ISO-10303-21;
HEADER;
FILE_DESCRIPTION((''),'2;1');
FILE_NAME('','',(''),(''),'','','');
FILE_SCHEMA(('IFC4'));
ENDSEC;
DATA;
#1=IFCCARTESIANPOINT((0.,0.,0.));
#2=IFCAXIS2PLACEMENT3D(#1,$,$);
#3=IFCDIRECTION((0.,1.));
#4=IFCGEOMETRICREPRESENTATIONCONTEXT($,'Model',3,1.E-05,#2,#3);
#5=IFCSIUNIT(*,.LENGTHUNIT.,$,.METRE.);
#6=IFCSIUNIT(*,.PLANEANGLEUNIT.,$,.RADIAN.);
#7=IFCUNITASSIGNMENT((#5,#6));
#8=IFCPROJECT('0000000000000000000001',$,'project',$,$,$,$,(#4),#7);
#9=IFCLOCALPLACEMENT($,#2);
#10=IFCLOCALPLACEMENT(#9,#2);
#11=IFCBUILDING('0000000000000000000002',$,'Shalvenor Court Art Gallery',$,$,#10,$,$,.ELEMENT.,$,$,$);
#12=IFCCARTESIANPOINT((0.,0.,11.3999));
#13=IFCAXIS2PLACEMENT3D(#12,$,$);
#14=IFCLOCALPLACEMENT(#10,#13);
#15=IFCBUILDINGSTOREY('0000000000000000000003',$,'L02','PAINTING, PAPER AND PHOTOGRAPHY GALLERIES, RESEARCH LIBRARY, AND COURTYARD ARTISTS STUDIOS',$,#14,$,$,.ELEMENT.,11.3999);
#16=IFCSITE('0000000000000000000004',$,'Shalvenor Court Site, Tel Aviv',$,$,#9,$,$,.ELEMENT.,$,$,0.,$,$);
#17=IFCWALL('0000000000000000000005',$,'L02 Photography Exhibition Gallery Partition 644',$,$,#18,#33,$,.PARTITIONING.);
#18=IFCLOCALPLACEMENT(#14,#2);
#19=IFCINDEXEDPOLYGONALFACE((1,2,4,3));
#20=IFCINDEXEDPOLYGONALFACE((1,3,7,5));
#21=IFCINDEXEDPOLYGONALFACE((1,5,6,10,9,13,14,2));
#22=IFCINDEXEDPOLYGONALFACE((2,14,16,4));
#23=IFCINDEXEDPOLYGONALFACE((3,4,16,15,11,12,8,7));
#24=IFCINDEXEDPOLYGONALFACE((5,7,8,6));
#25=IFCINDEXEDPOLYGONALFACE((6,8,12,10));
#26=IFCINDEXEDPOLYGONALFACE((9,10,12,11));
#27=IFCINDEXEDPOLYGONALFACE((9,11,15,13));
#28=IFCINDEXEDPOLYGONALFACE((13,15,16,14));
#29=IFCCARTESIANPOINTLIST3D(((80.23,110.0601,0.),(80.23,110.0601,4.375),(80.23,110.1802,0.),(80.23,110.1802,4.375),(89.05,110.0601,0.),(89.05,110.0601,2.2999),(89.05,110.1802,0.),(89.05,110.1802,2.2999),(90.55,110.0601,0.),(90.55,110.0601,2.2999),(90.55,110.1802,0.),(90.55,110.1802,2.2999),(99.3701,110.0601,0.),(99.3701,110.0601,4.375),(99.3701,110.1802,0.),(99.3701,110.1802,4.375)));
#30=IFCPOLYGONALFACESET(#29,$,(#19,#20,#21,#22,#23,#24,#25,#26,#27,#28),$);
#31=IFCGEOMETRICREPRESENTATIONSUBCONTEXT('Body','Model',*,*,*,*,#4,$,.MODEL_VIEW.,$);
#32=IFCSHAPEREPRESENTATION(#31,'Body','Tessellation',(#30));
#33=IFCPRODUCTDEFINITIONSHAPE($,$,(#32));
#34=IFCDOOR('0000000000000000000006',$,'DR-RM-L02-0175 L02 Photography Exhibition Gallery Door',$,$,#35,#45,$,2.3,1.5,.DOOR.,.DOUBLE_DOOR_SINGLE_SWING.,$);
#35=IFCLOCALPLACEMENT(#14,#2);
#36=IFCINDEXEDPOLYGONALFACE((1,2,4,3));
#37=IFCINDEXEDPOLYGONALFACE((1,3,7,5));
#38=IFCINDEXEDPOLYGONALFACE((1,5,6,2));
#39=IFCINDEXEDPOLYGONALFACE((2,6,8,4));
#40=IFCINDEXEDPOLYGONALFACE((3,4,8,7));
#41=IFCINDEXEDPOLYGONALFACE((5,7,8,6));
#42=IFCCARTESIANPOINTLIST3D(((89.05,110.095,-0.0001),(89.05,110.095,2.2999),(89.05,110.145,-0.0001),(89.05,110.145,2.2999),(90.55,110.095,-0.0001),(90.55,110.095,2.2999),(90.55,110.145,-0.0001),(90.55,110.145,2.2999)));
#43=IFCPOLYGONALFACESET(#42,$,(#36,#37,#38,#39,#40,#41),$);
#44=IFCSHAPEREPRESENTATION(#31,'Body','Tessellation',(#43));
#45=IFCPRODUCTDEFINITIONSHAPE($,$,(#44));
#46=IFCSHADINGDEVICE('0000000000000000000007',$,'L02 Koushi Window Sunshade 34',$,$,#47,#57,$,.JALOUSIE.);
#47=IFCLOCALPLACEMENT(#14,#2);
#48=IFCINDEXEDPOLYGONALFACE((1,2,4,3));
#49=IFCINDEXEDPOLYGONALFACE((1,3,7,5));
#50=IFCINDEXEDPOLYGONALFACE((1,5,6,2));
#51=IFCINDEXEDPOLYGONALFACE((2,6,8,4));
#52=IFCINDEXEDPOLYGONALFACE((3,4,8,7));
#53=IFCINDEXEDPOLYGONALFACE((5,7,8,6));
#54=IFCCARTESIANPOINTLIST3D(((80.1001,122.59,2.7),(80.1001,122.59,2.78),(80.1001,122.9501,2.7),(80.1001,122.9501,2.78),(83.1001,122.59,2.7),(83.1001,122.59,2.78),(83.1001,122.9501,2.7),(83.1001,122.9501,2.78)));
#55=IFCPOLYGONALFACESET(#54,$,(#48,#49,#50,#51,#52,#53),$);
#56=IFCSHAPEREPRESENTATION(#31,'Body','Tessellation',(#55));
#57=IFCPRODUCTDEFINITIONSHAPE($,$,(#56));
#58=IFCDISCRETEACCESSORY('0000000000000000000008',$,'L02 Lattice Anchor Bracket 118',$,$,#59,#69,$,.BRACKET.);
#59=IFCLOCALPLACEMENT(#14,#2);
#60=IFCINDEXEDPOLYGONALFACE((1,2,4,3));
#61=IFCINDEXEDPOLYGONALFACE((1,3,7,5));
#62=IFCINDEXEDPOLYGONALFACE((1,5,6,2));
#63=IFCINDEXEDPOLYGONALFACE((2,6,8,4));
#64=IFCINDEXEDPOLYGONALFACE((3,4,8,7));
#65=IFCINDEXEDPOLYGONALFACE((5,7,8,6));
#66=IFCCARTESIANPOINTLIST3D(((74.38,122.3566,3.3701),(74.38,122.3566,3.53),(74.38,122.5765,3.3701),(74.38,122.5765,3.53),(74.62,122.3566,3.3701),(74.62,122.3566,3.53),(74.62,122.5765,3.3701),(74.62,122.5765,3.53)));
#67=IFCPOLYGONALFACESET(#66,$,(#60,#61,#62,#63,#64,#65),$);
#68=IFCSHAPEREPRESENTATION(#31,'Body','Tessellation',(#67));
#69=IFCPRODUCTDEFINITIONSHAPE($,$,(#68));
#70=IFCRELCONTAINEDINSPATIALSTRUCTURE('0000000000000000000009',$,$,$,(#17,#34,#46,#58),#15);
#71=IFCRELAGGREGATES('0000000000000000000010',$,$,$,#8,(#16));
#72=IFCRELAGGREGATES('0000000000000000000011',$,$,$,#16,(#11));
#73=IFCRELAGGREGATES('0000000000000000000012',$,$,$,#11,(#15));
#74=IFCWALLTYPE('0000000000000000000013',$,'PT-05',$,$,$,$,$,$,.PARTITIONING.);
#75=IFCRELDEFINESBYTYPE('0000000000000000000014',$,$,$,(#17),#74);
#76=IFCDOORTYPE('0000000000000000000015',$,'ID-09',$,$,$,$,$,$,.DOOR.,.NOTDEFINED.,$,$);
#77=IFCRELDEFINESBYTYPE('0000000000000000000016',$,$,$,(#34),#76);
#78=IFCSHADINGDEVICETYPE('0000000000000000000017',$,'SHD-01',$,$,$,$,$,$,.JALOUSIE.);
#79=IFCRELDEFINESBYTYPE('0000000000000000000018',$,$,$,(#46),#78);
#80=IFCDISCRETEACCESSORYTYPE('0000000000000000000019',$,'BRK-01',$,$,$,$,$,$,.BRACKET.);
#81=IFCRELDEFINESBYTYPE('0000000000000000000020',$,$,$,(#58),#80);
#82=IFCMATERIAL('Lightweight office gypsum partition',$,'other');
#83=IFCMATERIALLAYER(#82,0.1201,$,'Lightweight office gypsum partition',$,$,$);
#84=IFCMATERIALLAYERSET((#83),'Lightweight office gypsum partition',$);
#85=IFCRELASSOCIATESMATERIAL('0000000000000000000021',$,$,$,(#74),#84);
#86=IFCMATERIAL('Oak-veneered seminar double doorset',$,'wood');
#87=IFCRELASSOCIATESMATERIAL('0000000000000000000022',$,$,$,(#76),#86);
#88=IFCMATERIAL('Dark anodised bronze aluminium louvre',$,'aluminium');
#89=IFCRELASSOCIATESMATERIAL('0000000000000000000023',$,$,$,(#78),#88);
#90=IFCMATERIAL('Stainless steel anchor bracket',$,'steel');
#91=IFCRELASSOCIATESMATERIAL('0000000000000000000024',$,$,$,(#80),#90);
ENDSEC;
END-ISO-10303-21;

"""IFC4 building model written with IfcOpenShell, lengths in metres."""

from ifc_helpers import new_model, si_unit, direction, frame, frame_2d, origin, origin_2d, place, context, subcontext, project, spatial, rectangle, extrude, material, layer, layer_set, type_object, element, fill, save


model = new_model("IFC4")

# Units and contexts
model_context = context("Model", 3, precision=1e-05, world=origin(), true_north=direction((0.0, 1.0)))
body_context = subcontext(model_context, "Body", "Model", "MODEL_VIEW")
ifc_project = project(units=[si_unit("LENGTHUNIT", "METRE"), si_unit("PLANEANGLEUNIT", "RADIAN")], contexts=[model_context])

# Site, building, storey
site_placement = place(None, origin())
site = spatial("IfcSite", under=ifc_project, at=site_placement, Name="Shalvenor Court Site, Tel Aviv", CompositionType="ELEMENT", RefElevation=0.0)
building_placement = place(site_placement, origin())
building = spatial("IfcBuilding", under=site, at=building_placement, Name="Shalvenor Court Art Gallery", CompositionType="ELEMENT")
storey_placement = place(building_placement, frame((0.0, 0.0, 11.3999)))
storey = spatial("IfcBuildingStorey", under=building, at=storey_placement, Name="L02", Description="PAINTING, PAPER AND PHOTOGRAPHY GALLERIES, RESEARCH LIBRARY, AND COURTYARD ARTISTS STUDIOS", CompositionType="ELEMENT", Elevation=11.3999)

# Wall, opening, door
ifc_material_1 = material(Name="Lightweight office gypsum partition", Category="other")
ifc_layer_1 = layer(ifc_material_1, 0.1201, Name="Lightweight office gypsum partition")
ifc_layer_set_1 = layer_set([ifc_layer_1], Name="Lightweight office gypsum partition")
wall_type_1 = type_object("IfcWallType", Name="PT-05", PredefinedType="PARTITIONING", material=ifc_layer_set_1)
wall_1_placement = place(storey_placement, frame((80.23, 110.1201, 0.0), z_axis=(0.0, 0.0, 1.0), x_axis=(1.0, 0.0, 0.0)))
wall_1 = element("IfcWall", 1, at=wall_1_placement, inside=storey, type_object=wall_type_1, Name="L02 Photography Exhibition Gallery Partition 644", PredefinedType="PARTITIONING", context=body_context, shape_type="SweptSolid", body=[
    extrude(rectangle(XDim=19.1401, YDim=0.1201, at=frame_2d((9.5701, 0.0))), origin(), (0.0, 0.0, 1.0), 4.375),
])
opening_1_placement = place(wall_1_placement, frame((8.8201, 0.0, 0.0)))
opening_1 = element("IfcOpeningElement", 2, at=opening_1_placement, cuts=wall_1, PredefinedType="OPENING", context=body_context, shape_type="SweptSolid", body=[
    extrude(rectangle(XDim=1.5, YDim=2.3, at=frame_2d((0.75, 1.1499))), frame((0.0, 0.0701, 0.0), z_axis=(0.0, -1.0, 0.0), x_axis=(1.0, 0.0, 0.0)), (0.0, 0.0, 1.0), 0.1401),
])
ifc_material_2 = material(Name="Oak-veneered seminar double doorset", Category="wood")
door_type_1 = type_object("IfcDoorType", Name="ID-09", OperationType="NOTDEFINED", PredefinedType="DOOR", material=ifc_material_2)
door_1_placement = place(opening_1_placement, origin())
door_1 = element("IfcDoor", 3, at=door_1_placement, inside=storey, type_object=door_type_1, Name="DR-RM-L02-0175 L02 Photography Exhibition Gallery Door", OperationType="DOUBLE_DOOR_SINGLE_SWING", OverallHeight=2.3, OverallWidth=1.5, PredefinedType="DOOR", context=body_context, shape_type="SweptSolid", body=[
    extrude(rectangle(XDim=1.5, YDim=2.3, at=frame_2d((0.75, 1.1499))), frame((0.0, 0.0249, 0.0), z_axis=(0.0, -1.0, 0.0), x_axis=(1.0, 0.0, 0.0)), (0.0, 0.0, 1.0), 0.05),
])
fill(opening_1, door_1)

# Shading device
ifc_material_3 = material(Name="Dark anodised bronze aluminium louvre", Category="aluminium")
shading_device_type = type_object("IfcShadingDeviceType", Name="SHD-01", PredefinedType="JALOUSIE", material=ifc_material_3)
shading_device_placement = place(storey_placement, frame((81.6001, 122.77, 2.7), z_axis=(0.0, 0.0, 1.0), x_axis=(1.0, 0.0, 0.0)))
element("IfcShadingDevice", 4, at=shading_device_placement, inside=storey, type_object=shading_device_type, Name="L02 Koushi Window Sunshade 34", PredefinedType="JALOUSIE", context=body_context, shape_type="SweptSolid", body=[
    extrude(rectangle(XDim=3.0, YDim=0.3601, at=origin_2d()), origin(), (0.0, 0.0, 1.0), 0.0801),
])

# Discrete accessory
ifc_material_4 = material(Name="Stainless steel anchor bracket", Category="steel")
discrete_accessory_type = type_object("IfcDiscreteAccessoryType", Name="BRK-01", PredefinedType="BRACKET", material=ifc_material_4)
discrete_accessory_placement = place(storey_placement, frame((74.5, 122.4666, 3.3701), z_axis=(0.0, 0.0, 1.0), x_axis=(1.0, 0.0, 0.0)))
element("IfcDiscreteAccessory", 5, at=discrete_accessory_placement, inside=storey, type_object=discrete_accessory_type, Name="L02 Lattice Anchor Bracket 118", PredefinedType="BRACKET", context=body_context, shape_type="SweptSolid", body=[
    extrude(rectangle(XDim=0.24, YDim=0.22, at=origin_2d()), origin(), (0.0, 0.0, 1.0), 0.1599),
])

save(model, "model.ifc")
